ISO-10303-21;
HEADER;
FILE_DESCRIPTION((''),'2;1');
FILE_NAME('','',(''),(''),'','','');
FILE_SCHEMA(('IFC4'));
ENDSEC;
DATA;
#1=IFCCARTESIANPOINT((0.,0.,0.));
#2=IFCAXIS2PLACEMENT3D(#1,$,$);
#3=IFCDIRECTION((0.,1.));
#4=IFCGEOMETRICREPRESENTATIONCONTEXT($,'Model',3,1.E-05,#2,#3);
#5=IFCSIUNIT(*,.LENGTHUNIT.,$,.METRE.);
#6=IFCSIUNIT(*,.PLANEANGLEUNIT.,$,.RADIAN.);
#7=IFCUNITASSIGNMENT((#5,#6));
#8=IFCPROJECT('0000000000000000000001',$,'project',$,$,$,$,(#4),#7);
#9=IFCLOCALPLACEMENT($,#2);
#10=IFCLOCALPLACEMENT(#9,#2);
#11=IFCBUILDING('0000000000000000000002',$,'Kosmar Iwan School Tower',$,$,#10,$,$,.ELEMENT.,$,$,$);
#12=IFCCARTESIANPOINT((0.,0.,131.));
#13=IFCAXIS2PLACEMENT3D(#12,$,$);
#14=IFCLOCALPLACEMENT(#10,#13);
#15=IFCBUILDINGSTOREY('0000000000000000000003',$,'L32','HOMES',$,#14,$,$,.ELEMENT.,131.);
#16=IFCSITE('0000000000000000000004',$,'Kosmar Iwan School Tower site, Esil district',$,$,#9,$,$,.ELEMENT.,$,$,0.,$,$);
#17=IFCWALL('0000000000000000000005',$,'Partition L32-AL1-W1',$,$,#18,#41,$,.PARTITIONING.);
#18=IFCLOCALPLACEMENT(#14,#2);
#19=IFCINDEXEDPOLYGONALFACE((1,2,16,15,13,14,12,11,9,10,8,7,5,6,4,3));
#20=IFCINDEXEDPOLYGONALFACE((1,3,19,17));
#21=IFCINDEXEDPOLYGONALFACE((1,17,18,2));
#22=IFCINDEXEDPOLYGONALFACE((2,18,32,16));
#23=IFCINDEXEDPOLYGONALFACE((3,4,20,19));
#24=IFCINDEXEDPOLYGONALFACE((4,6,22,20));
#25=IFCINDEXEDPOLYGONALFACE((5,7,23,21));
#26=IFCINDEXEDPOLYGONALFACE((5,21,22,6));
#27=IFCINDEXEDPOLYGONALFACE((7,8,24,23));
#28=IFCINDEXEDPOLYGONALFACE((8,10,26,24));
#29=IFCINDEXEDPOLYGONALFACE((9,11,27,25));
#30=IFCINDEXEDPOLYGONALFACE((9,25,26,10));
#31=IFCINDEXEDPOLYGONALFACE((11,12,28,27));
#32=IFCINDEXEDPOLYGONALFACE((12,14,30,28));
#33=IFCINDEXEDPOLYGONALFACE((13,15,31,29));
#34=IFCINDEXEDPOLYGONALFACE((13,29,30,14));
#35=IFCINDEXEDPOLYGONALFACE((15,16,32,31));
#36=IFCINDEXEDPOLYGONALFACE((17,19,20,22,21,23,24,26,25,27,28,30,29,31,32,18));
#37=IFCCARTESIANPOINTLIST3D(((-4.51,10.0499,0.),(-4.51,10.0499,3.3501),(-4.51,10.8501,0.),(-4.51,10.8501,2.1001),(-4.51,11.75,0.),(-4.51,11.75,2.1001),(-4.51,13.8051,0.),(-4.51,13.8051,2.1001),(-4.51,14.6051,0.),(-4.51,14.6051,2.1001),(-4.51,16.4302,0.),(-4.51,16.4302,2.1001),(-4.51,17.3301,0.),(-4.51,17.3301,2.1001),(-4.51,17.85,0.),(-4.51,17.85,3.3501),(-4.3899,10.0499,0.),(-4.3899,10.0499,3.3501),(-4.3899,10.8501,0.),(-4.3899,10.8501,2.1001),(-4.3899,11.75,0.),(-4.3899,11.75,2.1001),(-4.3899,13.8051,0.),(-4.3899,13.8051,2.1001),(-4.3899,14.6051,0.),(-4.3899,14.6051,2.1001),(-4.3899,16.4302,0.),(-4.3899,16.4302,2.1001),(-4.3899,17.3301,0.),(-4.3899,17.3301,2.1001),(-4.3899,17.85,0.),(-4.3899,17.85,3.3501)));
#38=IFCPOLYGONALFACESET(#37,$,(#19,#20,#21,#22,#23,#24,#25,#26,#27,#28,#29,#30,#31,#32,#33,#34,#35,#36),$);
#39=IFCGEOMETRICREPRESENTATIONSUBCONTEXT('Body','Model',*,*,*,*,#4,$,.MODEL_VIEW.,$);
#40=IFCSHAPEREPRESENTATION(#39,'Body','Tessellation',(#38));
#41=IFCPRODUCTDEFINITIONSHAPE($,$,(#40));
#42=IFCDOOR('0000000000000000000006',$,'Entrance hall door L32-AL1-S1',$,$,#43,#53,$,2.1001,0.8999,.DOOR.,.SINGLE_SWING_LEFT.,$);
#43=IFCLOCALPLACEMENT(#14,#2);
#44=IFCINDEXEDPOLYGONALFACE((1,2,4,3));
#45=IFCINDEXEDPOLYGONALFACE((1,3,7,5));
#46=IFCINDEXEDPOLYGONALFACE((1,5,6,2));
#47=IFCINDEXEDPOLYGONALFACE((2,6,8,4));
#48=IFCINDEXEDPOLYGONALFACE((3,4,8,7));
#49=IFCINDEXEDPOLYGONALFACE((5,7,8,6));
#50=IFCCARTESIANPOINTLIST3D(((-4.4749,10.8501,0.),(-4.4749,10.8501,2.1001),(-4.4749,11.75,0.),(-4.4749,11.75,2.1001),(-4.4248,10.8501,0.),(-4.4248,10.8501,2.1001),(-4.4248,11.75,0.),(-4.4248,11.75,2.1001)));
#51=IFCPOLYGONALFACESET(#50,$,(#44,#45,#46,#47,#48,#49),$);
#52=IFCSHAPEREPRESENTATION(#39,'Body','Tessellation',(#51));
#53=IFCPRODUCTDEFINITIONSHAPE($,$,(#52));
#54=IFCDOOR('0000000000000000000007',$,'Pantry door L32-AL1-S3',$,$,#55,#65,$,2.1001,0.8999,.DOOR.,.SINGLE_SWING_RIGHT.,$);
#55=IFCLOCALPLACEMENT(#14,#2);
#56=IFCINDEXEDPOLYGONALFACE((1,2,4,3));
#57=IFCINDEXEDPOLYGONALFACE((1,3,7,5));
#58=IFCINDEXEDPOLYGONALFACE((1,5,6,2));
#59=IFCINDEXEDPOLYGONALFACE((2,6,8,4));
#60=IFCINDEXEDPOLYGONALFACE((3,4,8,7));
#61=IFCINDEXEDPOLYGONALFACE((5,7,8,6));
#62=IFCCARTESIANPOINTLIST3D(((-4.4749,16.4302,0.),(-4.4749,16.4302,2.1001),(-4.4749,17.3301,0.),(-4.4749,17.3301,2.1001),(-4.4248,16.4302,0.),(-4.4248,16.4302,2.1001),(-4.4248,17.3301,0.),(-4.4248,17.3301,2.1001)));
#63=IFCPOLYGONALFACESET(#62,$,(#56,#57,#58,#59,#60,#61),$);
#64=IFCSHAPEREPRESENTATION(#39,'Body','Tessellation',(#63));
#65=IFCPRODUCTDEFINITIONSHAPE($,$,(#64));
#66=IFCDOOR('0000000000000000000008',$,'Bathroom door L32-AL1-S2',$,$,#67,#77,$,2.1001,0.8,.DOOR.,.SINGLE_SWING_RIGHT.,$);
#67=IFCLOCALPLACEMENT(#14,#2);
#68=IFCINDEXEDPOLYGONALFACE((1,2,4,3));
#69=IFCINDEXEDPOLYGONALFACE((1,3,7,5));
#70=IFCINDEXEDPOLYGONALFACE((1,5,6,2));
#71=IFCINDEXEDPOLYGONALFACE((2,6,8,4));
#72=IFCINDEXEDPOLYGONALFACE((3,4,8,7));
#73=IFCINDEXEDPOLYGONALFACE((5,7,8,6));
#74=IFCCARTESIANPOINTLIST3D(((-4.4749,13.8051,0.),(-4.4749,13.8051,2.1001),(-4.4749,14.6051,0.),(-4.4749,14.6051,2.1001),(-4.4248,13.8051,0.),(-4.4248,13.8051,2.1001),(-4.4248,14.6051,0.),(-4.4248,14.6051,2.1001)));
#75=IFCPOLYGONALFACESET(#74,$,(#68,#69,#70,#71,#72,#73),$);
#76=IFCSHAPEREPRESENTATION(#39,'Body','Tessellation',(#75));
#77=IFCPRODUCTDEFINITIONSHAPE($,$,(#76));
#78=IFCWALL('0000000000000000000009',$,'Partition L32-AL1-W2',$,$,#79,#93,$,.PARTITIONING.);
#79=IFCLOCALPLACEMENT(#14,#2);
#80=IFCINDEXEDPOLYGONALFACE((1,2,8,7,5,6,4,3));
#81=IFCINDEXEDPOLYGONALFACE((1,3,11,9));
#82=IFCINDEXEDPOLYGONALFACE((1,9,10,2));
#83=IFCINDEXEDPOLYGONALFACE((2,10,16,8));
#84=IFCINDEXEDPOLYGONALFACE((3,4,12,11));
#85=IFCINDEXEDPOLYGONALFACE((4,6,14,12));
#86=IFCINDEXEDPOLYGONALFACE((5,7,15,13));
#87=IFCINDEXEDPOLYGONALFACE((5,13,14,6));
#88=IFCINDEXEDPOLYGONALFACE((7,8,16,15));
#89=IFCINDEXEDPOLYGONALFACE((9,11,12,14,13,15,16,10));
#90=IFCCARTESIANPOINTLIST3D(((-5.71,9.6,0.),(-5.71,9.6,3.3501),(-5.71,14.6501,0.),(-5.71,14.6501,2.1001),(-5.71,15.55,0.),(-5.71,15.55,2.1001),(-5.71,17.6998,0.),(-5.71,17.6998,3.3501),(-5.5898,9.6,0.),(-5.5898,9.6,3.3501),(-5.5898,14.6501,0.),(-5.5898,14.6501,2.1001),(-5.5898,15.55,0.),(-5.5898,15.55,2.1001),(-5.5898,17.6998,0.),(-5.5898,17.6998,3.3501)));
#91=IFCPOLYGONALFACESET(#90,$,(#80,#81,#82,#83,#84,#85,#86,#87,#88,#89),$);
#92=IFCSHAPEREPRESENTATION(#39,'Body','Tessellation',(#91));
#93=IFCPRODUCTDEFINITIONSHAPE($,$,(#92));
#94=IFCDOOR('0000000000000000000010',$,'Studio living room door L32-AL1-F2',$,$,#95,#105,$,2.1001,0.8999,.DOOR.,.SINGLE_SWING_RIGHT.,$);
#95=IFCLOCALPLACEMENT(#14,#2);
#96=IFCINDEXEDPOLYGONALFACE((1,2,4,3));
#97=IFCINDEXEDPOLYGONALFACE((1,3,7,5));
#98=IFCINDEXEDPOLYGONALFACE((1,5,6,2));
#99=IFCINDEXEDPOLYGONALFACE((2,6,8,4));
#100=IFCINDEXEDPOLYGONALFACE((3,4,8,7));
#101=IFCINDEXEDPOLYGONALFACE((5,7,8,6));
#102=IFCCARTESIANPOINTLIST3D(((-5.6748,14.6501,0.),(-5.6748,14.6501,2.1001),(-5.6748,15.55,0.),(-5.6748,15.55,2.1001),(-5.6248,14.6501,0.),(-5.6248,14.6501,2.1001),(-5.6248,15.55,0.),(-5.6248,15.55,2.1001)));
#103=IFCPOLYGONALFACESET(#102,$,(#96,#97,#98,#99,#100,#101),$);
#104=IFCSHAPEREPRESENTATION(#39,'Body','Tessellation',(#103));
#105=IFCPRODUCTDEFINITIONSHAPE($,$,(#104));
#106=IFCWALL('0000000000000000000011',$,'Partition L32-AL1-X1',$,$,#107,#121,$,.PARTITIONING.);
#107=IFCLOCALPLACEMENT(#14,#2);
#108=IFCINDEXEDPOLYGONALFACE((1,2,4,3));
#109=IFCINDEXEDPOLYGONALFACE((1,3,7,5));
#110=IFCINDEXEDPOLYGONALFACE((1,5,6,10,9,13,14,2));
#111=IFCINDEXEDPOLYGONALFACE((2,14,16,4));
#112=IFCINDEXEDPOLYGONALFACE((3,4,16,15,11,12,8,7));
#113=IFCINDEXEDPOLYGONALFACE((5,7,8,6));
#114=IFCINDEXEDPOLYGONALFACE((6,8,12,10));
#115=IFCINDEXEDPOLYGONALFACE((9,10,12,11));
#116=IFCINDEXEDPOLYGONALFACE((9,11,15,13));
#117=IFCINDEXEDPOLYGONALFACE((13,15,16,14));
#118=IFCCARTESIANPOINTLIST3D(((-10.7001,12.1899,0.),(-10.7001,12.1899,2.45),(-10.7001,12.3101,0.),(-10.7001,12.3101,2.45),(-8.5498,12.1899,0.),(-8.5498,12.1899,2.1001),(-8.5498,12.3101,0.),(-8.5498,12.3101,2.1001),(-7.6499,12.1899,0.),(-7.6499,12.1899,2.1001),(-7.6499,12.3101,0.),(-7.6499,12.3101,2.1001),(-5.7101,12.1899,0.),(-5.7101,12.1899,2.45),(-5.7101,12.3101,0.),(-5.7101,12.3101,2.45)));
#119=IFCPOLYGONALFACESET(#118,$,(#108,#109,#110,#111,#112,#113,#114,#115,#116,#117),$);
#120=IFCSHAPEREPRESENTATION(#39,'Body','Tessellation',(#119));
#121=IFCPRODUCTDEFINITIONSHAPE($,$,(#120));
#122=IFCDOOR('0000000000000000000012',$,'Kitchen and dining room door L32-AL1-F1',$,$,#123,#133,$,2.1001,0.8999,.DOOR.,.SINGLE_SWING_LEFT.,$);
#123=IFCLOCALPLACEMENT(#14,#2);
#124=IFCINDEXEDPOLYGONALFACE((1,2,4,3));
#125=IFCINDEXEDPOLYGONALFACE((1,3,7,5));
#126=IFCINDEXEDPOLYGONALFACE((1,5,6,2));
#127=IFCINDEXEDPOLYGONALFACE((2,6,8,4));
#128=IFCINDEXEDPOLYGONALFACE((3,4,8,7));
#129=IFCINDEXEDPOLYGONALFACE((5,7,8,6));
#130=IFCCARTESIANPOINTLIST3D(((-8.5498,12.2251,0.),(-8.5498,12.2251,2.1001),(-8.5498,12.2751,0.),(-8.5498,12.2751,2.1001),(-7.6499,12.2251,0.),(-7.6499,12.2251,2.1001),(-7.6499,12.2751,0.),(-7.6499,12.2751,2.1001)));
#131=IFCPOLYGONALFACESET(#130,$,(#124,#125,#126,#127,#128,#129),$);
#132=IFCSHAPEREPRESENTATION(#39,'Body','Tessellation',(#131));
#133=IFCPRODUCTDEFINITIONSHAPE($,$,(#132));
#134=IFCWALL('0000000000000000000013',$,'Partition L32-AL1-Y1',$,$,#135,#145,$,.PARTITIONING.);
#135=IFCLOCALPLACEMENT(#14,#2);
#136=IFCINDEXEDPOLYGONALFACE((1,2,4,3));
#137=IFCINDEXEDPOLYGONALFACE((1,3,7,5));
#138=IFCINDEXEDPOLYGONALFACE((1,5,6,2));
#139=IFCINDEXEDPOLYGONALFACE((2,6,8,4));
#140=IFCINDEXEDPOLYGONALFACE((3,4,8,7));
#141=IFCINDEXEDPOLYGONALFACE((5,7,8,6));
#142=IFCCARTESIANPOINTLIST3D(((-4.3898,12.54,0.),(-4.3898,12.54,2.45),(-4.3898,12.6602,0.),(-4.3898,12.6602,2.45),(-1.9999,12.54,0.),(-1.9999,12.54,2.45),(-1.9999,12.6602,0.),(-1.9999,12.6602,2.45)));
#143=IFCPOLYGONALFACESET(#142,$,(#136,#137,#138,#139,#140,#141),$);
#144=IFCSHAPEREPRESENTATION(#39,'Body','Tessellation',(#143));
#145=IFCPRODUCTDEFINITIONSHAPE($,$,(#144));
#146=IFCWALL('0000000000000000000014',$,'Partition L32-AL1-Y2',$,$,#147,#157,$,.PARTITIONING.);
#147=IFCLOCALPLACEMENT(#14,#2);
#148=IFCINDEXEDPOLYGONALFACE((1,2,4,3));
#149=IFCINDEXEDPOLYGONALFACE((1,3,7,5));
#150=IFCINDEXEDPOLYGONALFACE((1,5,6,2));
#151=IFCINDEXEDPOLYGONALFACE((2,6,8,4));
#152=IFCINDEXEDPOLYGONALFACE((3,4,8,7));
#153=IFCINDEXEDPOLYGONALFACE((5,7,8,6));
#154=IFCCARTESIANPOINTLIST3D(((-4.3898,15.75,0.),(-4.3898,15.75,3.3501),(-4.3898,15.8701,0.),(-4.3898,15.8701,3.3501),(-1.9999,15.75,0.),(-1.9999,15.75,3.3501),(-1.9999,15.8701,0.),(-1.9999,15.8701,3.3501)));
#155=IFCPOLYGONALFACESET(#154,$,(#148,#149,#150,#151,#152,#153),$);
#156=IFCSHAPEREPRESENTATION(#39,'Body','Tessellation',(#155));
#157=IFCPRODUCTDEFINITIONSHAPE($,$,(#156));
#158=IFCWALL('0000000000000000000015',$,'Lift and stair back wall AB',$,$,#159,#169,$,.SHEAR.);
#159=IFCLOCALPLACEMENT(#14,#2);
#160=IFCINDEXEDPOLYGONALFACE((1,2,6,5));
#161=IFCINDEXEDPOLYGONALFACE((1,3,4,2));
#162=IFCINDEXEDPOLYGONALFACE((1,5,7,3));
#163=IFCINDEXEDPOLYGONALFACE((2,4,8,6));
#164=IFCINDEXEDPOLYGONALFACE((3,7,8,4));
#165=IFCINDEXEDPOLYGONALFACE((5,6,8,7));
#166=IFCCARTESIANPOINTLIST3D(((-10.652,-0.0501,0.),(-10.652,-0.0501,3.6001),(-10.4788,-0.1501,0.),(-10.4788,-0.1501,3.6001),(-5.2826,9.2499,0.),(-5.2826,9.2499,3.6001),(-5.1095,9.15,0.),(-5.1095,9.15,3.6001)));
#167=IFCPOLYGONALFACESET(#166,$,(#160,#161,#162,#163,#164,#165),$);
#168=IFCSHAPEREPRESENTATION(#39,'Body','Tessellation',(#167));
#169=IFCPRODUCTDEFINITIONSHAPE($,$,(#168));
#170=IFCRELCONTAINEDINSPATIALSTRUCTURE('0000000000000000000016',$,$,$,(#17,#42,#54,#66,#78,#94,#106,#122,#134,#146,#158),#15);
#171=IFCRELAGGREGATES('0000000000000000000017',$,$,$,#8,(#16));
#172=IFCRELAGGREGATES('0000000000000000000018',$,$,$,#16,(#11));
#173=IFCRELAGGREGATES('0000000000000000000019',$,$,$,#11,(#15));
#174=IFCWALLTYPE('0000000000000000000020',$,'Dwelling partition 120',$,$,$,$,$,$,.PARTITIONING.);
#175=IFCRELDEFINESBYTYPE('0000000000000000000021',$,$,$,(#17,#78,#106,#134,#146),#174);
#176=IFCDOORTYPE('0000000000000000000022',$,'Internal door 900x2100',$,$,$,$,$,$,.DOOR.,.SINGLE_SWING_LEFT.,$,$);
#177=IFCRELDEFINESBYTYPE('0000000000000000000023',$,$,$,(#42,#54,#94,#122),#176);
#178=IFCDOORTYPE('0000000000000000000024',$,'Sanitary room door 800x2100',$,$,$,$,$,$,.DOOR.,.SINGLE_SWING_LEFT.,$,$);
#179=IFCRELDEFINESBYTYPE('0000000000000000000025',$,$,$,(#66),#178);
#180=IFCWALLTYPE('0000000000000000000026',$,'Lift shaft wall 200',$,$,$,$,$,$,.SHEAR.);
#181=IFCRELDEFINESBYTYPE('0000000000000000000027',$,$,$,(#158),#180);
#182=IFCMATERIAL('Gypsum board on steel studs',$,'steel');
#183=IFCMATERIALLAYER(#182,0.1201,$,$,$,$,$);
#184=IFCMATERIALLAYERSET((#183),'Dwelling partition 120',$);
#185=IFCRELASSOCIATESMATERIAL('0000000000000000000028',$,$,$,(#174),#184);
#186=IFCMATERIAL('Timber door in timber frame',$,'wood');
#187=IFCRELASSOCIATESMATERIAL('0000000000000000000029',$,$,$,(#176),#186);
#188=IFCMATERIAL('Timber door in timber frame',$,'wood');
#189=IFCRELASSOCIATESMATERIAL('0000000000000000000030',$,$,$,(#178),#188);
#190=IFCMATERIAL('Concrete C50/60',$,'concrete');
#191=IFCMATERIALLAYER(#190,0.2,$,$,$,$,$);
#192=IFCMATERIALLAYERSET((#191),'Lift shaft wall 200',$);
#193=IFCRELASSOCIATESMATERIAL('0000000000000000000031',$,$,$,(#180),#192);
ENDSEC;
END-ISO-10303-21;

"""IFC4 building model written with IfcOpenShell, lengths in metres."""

from ifc_helpers import new_model, si_unit, direction, frame, frame_2d, origin, place, context, subcontext, project, spatial, rectangle, extrude, material, layer, layer_set, type_object, element, fill, save


model = new_model("IFC4")

# Units and contexts
model_context = context("Model", 3, precision=1e-05, world=origin(), true_north=direction((0.0, 1.0)))
body_context = subcontext(model_context, "Body", "Model", "MODEL_VIEW")
ifc_project = project(units=[si_unit("LENGTHUNIT", "METRE"), si_unit("PLANEANGLEUNIT", "RADIAN")], contexts=[model_context])

# Site, building, storey
site_placement = place(None, origin())
site = spatial("IfcSite", under=ifc_project, at=site_placement, Name="Kosmar Iwan School Tower site, Esil district", CompositionType="ELEMENT", RefElevation=0.0)
building_placement = place(site_placement, origin())
building = spatial("IfcBuilding", under=site, at=building_placement, Name="Kosmar Iwan School Tower", CompositionType="ELEMENT")
storey_placement = place(building_placement, frame((0.0, 0.0, 131.0)))
storey = spatial("IfcBuildingStorey", under=building, at=storey_placement, Name="L32", Description="HOMES", CompositionType="ELEMENT", Elevation=131.0)

# Wall, openings, doors
ifc_material_1 = material(Name="Gypsum board on steel studs", Category="steel")
ifc_layer_1 = layer(ifc_material_1, 0.1201)
ifc_layer_set_1 = layer_set([ifc_layer_1], Name="Dwelling partition 120")
wall_type_1 = type_object("IfcWallType", Name="Dwelling partition 120", PredefinedType="PARTITIONING", material=ifc_layer_set_1)
wall_1_placement = place(storey_placement, frame((-4.45, 10.05, 0.0), z_axis=(0.0, 0.0, 1.0), x_axis=(0.0, 1.0, 0.0)))
wall_1 = element("IfcWall", 1, at=wall_1_placement, inside=storey, type_object=wall_type_1, Name="Partition L32-AL1-W1", PredefinedType="PARTITIONING", context=body_context, shape_type="SweptSolid", body=[
    extrude(rectangle(XDim=7.8, YDim=0.1201, at=frame_2d((3.8999, 0.0))), origin(), (0.0, 0.0, 1.0), 3.3501),
])
opening_1_placement = place(wall_1_placement, frame((0.8, 0.0, 0.0)))
opening_1 = element("IfcOpeningElement", 2, at=opening_1_placement, cuts=wall_1, PredefinedType="OPENING", context=body_context, shape_type="SweptSolid", body=[
    extrude(rectangle(XDim=0.8999, YDim=2.1001, at=frame_2d((0.45, 1.05))), frame((0.0, 0.072, 0.0), z_axis=(0.0, -1.0, 0.0), x_axis=(1.0, 0.0, 0.0)), (0.0, 0.0, 1.0), 0.144),
])
opening_2_placement = place(wall_1_placement, frame((3.7551, 0.0, 0.0)))
opening_2 = element("IfcOpeningElement", 3, at=opening_2_placement, cuts=wall_1, PredefinedType="OPENING", context=body_context, shape_type="SweptSolid", body=[
    extrude(rectangle(XDim=0.8, YDim=2.1001, at=frame_2d((0.3999, 1.05))), frame((0.0, 0.072, 0.0), z_axis=(0.0, -1.0, 0.0), x_axis=(1.0, 0.0, 0.0)), (0.0, 0.0, 1.0), 0.144),
])
opening_3_placement = place(wall_1_placement, frame((6.3801, 0.0, 0.0)))
opening_3 = element("IfcOpeningElement", 4, at=opening_3_placement, cuts=wall_1, PredefinedType="OPENING", context=body_context, shape_type="SweptSolid", body=[
    extrude(rectangle(XDim=0.8999, YDim=2.1001, at=frame_2d((0.45, 1.05))), frame((0.0, 0.072, 0.0), z_axis=(0.0, -1.0, 0.0), x_axis=(1.0, 0.0, 0.0)), (0.0, 0.0, 1.0), 0.144),
])
ifc_material_2 = material(Name="Timber door in timber frame", Category="wood")
door_type_1 = type_object("IfcDoorType", Name="Internal door 900x2100", OperationType="SINGLE_SWING_LEFT", PredefinedType="DOOR", material=ifc_material_2)
door_1_placement = place(opening_1_placement, origin())
door_1 = element("IfcDoor", 5, at=door_1_placement, inside=storey, type_object=door_type_1, Name="Entrance hall door L32-AL1-S1", OperationType="SINGLE_SWING_LEFT", OverallHeight=2.1001, OverallWidth=0.8999, PredefinedType="DOOR", context=body_context, shape_type="SweptSolid", body=[
    extrude(rectangle(XDim=0.8999, YDim=2.1001, at=frame_2d((0.45, 1.05))), frame((0.0, 0.0249, 0.0), z_axis=(0.0, -1.0, 0.0), x_axis=(1.0, 0.0, 0.0)), (0.0, 0.0, 1.0), 0.05),
])
fill(opening_1, door_1)
door_2_placement = place(opening_3_placement, origin())
door_2 = element("IfcDoor", 6, at=door_2_placement, inside=storey, type_object=door_type_1, Name="Pantry door L32-AL1-S3", OperationType="SINGLE_SWING_RIGHT", OverallHeight=2.1001, OverallWidth=0.8999, PredefinedType="DOOR", context=body_context, shape_type="SweptSolid", body=[
    extrude(rectangle(XDim=0.8999, YDim=2.1001, at=frame_2d((0.45, 1.05))), frame((0.0, 0.0249, 0.0), z_axis=(0.0, -1.0, 0.0), x_axis=(1.0, 0.0, 0.0)), (0.0, 0.0, 1.0), 0.05),
])
fill(opening_3, door_2)
ifc_material_3 = material(Name="Timber door in timber frame", Category="wood")
door_type_2 = type_object("IfcDoorType", Name="Sanitary room door 800x2100", OperationType="SINGLE_SWING_LEFT", PredefinedType="DOOR", material=ifc_material_3)
door_3_placement = place(opening_2_placement, origin())
door_3 = element("IfcDoor", 7, at=door_3_placement, inside=storey, type_object=door_type_2, Name="Bathroom door L32-AL1-S2", OperationType="SINGLE_SWING_RIGHT", OverallHeight=2.1001, OverallWidth=0.8, PredefinedType="DOOR", context=body_context, shape_type="SweptSolid", body=[
    extrude(rectangle(XDim=0.8, YDim=2.1001, at=frame_2d((0.3999, 1.05))), frame((0.0, 0.0249, 0.0), z_axis=(0.0, -1.0, 0.0), x_axis=(1.0, 0.0, 0.0)), (0.0, 0.0, 1.0), 0.05),
])
fill(opening_2, door_3)

# Walls, openings, doors
wall_2_placement = place(storey_placement, frame((-5.6499, 9.6001, 0.0), z_axis=(0.0, 0.0, 1.0), x_axis=(0.0, 1.0, 0.0)))
wall_2 = element("IfcWall", 8, at=wall_2_placement, inside=storey, type_object=wall_type_1, Name="Partition L32-AL1-W2", PredefinedType="PARTITIONING", context=body_context, shape_type="SweptSolid", body=[
    extrude(rectangle(XDim=8.0999, YDim=0.1201, at=frame_2d((4.0498, 0.0))), origin(), (0.0, 0.0, 1.0), 3.3501),
])
opening_4_placement = place(wall_2_placement, frame((5.05, 0.0, 0.0)))
opening_4 = element("IfcOpeningElement", 9, at=opening_4_placement, cuts=wall_2, PredefinedType="OPENING", context=body_context, shape_type="SweptSolid", body=[
    extrude(rectangle(XDim=0.8999, YDim=2.1001, at=frame_2d((0.45, 1.05))), frame((0.0, 0.072, 0.0), z_axis=(0.0, -1.0, 0.0), x_axis=(1.0, 0.0, 0.0)), (0.0, 0.0, 1.0), 0.144),
])
door_4_placement = place(opening_4_placement, origin())
door_4 = element("IfcDoor", 10, at=door_4_placement, inside=storey, type_object=door_type_1, Name="Studio living room door L32-AL1-F2", OperationType="SINGLE_SWING_RIGHT", OverallHeight=2.1001, OverallWidth=0.8999, PredefinedType="DOOR", context=body_context, shape_type="SweptSolid", body=[
    extrude(rectangle(XDim=0.8999, YDim=2.1001, at=frame_2d((0.45, 1.05))), frame((0.0, 0.0249, 0.0), z_axis=(0.0, -1.0, 0.0), x_axis=(1.0, 0.0, 0.0)), (0.0, 0.0, 1.0), 0.05),
])
fill(opening_4, door_4)
wall_3_placement = place(storey_placement, frame((-5.71, 12.25, 0.0), z_axis=(0.0, 0.0, 1.0), x_axis=(-1.0, 0.0, 0.0)))
wall_3 = element("IfcWall", 11, at=wall_3_placement, inside=storey, type_object=wall_type_1, Name="Partition L32-AL1-X1", PredefinedType="PARTITIONING", context=body_context, shape_type="SweptSolid", body=[
    extrude(rectangle(XDim=4.99, YDim=0.1201, at=frame_2d((2.4951, 0.0))), origin(), (0.0, 0.0, 1.0), 2.45),
])
opening_5_placement = place(wall_3_placement, frame((1.9399, 0.0, 0.0)))
opening_5 = element("IfcOpeningElement", 12, at=opening_5_placement, cuts=wall_3, PredefinedType="OPENING", context=body_context, shape_type="SweptSolid", body=[
    extrude(rectangle(XDim=0.8999, YDim=2.1001, at=frame_2d((0.45, 1.05))), frame((0.0, 0.072, 0.0), z_axis=(0.0, -1.0, 0.0), x_axis=(1.0, 0.0, 0.0)), (0.0, 0.0, 1.0), 0.144),
])
door_5_placement = place(opening_5_placement, origin())
door_5 = element("IfcDoor", 13, at=door_5_placement, inside=storey, type_object=door_type_1, Name="Kitchen and dining room door L32-AL1-F1", OperationType="SINGLE_SWING_LEFT", OverallHeight=2.1001, OverallWidth=0.8999, PredefinedType="DOOR", context=body_context, shape_type="SweptSolid", body=[
    extrude(rectangle(XDim=0.8999, YDim=2.1001, at=frame_2d((0.45, 1.05))), frame((0.0, 0.0249, 0.0), z_axis=(0.0, -1.0, 0.0), x_axis=(1.0, 0.0, 0.0)), (0.0, 0.0, 1.0), 0.05),
])
fill(opening_5, door_5)

# Walls
wall_4_placement = place(storey_placement, frame((-2.0, 12.6001, 0.0), z_axis=(0.0, 0.0, 1.0), x_axis=(-1.0, 0.0, 0.0)))
element("IfcWall", 14, at=wall_4_placement, inside=storey, type_object=wall_type_1, Name="Partition L32-AL1-Y1", PredefinedType="PARTITIONING", context=body_context, shape_type="SweptSolid", body=[
    extrude(rectangle(XDim=2.3899, YDim=0.1201, at=frame_2d((1.1948, 0.0))), origin(), (0.0, 0.0, 1.0), 2.45),
])
wall_5_placement = place(storey_placement, frame((-2.0, 15.8101, 0.0), z_axis=(0.0, 0.0, 1.0), x_axis=(-1.0, 0.0, 0.0)))
element("IfcWall", 15, at=wall_5_placement, inside=storey, type_object=wall_type_1, Name="Partition L32-AL1-Y2", PredefinedType="PARTITIONING", context=body_context, shape_type="SweptSolid", body=[
    extrude(rectangle(XDim=2.3899, YDim=0.1201, at=frame_2d((1.1948, 0.0))), origin(), (0.0, 0.0, 1.0), 3.3501),
])
ifc_material_4 = material(Name="Concrete C50/60", Category="concrete")
ifc_layer_2 = layer(ifc_material_4, 0.2)
ifc_layer_set_2 = layer_set([ifc_layer_2], Name="Lift shaft wall 200")
wall_type_2 = type_object("IfcWallType", Name="Lift shaft wall 200", PredefinedType="SHEAR", material=ifc_layer_set_2)
wall_6_placement = place(storey_placement, frame((-5.196, 9.2, 0.0), z_axis=(0.0, 0.0, 1.0), x_axis=(-0.5, -0.866025, 0.0)))
element("IfcWall", 16, at=wall_6_placement, inside=storey, type_object=wall_type_2, Name="Lift and stair back wall AB", PredefinedType="SHEAR", context=body_context, shape_type="SweptSolid", body=[
    extrude(rectangle(XDim=10.7388, YDim=0.2, at=frame_2d((5.3694, 0.0))), origin(), (0.0, 0.0, 1.0), 3.6001),
])

save(model, "model.ifc")
